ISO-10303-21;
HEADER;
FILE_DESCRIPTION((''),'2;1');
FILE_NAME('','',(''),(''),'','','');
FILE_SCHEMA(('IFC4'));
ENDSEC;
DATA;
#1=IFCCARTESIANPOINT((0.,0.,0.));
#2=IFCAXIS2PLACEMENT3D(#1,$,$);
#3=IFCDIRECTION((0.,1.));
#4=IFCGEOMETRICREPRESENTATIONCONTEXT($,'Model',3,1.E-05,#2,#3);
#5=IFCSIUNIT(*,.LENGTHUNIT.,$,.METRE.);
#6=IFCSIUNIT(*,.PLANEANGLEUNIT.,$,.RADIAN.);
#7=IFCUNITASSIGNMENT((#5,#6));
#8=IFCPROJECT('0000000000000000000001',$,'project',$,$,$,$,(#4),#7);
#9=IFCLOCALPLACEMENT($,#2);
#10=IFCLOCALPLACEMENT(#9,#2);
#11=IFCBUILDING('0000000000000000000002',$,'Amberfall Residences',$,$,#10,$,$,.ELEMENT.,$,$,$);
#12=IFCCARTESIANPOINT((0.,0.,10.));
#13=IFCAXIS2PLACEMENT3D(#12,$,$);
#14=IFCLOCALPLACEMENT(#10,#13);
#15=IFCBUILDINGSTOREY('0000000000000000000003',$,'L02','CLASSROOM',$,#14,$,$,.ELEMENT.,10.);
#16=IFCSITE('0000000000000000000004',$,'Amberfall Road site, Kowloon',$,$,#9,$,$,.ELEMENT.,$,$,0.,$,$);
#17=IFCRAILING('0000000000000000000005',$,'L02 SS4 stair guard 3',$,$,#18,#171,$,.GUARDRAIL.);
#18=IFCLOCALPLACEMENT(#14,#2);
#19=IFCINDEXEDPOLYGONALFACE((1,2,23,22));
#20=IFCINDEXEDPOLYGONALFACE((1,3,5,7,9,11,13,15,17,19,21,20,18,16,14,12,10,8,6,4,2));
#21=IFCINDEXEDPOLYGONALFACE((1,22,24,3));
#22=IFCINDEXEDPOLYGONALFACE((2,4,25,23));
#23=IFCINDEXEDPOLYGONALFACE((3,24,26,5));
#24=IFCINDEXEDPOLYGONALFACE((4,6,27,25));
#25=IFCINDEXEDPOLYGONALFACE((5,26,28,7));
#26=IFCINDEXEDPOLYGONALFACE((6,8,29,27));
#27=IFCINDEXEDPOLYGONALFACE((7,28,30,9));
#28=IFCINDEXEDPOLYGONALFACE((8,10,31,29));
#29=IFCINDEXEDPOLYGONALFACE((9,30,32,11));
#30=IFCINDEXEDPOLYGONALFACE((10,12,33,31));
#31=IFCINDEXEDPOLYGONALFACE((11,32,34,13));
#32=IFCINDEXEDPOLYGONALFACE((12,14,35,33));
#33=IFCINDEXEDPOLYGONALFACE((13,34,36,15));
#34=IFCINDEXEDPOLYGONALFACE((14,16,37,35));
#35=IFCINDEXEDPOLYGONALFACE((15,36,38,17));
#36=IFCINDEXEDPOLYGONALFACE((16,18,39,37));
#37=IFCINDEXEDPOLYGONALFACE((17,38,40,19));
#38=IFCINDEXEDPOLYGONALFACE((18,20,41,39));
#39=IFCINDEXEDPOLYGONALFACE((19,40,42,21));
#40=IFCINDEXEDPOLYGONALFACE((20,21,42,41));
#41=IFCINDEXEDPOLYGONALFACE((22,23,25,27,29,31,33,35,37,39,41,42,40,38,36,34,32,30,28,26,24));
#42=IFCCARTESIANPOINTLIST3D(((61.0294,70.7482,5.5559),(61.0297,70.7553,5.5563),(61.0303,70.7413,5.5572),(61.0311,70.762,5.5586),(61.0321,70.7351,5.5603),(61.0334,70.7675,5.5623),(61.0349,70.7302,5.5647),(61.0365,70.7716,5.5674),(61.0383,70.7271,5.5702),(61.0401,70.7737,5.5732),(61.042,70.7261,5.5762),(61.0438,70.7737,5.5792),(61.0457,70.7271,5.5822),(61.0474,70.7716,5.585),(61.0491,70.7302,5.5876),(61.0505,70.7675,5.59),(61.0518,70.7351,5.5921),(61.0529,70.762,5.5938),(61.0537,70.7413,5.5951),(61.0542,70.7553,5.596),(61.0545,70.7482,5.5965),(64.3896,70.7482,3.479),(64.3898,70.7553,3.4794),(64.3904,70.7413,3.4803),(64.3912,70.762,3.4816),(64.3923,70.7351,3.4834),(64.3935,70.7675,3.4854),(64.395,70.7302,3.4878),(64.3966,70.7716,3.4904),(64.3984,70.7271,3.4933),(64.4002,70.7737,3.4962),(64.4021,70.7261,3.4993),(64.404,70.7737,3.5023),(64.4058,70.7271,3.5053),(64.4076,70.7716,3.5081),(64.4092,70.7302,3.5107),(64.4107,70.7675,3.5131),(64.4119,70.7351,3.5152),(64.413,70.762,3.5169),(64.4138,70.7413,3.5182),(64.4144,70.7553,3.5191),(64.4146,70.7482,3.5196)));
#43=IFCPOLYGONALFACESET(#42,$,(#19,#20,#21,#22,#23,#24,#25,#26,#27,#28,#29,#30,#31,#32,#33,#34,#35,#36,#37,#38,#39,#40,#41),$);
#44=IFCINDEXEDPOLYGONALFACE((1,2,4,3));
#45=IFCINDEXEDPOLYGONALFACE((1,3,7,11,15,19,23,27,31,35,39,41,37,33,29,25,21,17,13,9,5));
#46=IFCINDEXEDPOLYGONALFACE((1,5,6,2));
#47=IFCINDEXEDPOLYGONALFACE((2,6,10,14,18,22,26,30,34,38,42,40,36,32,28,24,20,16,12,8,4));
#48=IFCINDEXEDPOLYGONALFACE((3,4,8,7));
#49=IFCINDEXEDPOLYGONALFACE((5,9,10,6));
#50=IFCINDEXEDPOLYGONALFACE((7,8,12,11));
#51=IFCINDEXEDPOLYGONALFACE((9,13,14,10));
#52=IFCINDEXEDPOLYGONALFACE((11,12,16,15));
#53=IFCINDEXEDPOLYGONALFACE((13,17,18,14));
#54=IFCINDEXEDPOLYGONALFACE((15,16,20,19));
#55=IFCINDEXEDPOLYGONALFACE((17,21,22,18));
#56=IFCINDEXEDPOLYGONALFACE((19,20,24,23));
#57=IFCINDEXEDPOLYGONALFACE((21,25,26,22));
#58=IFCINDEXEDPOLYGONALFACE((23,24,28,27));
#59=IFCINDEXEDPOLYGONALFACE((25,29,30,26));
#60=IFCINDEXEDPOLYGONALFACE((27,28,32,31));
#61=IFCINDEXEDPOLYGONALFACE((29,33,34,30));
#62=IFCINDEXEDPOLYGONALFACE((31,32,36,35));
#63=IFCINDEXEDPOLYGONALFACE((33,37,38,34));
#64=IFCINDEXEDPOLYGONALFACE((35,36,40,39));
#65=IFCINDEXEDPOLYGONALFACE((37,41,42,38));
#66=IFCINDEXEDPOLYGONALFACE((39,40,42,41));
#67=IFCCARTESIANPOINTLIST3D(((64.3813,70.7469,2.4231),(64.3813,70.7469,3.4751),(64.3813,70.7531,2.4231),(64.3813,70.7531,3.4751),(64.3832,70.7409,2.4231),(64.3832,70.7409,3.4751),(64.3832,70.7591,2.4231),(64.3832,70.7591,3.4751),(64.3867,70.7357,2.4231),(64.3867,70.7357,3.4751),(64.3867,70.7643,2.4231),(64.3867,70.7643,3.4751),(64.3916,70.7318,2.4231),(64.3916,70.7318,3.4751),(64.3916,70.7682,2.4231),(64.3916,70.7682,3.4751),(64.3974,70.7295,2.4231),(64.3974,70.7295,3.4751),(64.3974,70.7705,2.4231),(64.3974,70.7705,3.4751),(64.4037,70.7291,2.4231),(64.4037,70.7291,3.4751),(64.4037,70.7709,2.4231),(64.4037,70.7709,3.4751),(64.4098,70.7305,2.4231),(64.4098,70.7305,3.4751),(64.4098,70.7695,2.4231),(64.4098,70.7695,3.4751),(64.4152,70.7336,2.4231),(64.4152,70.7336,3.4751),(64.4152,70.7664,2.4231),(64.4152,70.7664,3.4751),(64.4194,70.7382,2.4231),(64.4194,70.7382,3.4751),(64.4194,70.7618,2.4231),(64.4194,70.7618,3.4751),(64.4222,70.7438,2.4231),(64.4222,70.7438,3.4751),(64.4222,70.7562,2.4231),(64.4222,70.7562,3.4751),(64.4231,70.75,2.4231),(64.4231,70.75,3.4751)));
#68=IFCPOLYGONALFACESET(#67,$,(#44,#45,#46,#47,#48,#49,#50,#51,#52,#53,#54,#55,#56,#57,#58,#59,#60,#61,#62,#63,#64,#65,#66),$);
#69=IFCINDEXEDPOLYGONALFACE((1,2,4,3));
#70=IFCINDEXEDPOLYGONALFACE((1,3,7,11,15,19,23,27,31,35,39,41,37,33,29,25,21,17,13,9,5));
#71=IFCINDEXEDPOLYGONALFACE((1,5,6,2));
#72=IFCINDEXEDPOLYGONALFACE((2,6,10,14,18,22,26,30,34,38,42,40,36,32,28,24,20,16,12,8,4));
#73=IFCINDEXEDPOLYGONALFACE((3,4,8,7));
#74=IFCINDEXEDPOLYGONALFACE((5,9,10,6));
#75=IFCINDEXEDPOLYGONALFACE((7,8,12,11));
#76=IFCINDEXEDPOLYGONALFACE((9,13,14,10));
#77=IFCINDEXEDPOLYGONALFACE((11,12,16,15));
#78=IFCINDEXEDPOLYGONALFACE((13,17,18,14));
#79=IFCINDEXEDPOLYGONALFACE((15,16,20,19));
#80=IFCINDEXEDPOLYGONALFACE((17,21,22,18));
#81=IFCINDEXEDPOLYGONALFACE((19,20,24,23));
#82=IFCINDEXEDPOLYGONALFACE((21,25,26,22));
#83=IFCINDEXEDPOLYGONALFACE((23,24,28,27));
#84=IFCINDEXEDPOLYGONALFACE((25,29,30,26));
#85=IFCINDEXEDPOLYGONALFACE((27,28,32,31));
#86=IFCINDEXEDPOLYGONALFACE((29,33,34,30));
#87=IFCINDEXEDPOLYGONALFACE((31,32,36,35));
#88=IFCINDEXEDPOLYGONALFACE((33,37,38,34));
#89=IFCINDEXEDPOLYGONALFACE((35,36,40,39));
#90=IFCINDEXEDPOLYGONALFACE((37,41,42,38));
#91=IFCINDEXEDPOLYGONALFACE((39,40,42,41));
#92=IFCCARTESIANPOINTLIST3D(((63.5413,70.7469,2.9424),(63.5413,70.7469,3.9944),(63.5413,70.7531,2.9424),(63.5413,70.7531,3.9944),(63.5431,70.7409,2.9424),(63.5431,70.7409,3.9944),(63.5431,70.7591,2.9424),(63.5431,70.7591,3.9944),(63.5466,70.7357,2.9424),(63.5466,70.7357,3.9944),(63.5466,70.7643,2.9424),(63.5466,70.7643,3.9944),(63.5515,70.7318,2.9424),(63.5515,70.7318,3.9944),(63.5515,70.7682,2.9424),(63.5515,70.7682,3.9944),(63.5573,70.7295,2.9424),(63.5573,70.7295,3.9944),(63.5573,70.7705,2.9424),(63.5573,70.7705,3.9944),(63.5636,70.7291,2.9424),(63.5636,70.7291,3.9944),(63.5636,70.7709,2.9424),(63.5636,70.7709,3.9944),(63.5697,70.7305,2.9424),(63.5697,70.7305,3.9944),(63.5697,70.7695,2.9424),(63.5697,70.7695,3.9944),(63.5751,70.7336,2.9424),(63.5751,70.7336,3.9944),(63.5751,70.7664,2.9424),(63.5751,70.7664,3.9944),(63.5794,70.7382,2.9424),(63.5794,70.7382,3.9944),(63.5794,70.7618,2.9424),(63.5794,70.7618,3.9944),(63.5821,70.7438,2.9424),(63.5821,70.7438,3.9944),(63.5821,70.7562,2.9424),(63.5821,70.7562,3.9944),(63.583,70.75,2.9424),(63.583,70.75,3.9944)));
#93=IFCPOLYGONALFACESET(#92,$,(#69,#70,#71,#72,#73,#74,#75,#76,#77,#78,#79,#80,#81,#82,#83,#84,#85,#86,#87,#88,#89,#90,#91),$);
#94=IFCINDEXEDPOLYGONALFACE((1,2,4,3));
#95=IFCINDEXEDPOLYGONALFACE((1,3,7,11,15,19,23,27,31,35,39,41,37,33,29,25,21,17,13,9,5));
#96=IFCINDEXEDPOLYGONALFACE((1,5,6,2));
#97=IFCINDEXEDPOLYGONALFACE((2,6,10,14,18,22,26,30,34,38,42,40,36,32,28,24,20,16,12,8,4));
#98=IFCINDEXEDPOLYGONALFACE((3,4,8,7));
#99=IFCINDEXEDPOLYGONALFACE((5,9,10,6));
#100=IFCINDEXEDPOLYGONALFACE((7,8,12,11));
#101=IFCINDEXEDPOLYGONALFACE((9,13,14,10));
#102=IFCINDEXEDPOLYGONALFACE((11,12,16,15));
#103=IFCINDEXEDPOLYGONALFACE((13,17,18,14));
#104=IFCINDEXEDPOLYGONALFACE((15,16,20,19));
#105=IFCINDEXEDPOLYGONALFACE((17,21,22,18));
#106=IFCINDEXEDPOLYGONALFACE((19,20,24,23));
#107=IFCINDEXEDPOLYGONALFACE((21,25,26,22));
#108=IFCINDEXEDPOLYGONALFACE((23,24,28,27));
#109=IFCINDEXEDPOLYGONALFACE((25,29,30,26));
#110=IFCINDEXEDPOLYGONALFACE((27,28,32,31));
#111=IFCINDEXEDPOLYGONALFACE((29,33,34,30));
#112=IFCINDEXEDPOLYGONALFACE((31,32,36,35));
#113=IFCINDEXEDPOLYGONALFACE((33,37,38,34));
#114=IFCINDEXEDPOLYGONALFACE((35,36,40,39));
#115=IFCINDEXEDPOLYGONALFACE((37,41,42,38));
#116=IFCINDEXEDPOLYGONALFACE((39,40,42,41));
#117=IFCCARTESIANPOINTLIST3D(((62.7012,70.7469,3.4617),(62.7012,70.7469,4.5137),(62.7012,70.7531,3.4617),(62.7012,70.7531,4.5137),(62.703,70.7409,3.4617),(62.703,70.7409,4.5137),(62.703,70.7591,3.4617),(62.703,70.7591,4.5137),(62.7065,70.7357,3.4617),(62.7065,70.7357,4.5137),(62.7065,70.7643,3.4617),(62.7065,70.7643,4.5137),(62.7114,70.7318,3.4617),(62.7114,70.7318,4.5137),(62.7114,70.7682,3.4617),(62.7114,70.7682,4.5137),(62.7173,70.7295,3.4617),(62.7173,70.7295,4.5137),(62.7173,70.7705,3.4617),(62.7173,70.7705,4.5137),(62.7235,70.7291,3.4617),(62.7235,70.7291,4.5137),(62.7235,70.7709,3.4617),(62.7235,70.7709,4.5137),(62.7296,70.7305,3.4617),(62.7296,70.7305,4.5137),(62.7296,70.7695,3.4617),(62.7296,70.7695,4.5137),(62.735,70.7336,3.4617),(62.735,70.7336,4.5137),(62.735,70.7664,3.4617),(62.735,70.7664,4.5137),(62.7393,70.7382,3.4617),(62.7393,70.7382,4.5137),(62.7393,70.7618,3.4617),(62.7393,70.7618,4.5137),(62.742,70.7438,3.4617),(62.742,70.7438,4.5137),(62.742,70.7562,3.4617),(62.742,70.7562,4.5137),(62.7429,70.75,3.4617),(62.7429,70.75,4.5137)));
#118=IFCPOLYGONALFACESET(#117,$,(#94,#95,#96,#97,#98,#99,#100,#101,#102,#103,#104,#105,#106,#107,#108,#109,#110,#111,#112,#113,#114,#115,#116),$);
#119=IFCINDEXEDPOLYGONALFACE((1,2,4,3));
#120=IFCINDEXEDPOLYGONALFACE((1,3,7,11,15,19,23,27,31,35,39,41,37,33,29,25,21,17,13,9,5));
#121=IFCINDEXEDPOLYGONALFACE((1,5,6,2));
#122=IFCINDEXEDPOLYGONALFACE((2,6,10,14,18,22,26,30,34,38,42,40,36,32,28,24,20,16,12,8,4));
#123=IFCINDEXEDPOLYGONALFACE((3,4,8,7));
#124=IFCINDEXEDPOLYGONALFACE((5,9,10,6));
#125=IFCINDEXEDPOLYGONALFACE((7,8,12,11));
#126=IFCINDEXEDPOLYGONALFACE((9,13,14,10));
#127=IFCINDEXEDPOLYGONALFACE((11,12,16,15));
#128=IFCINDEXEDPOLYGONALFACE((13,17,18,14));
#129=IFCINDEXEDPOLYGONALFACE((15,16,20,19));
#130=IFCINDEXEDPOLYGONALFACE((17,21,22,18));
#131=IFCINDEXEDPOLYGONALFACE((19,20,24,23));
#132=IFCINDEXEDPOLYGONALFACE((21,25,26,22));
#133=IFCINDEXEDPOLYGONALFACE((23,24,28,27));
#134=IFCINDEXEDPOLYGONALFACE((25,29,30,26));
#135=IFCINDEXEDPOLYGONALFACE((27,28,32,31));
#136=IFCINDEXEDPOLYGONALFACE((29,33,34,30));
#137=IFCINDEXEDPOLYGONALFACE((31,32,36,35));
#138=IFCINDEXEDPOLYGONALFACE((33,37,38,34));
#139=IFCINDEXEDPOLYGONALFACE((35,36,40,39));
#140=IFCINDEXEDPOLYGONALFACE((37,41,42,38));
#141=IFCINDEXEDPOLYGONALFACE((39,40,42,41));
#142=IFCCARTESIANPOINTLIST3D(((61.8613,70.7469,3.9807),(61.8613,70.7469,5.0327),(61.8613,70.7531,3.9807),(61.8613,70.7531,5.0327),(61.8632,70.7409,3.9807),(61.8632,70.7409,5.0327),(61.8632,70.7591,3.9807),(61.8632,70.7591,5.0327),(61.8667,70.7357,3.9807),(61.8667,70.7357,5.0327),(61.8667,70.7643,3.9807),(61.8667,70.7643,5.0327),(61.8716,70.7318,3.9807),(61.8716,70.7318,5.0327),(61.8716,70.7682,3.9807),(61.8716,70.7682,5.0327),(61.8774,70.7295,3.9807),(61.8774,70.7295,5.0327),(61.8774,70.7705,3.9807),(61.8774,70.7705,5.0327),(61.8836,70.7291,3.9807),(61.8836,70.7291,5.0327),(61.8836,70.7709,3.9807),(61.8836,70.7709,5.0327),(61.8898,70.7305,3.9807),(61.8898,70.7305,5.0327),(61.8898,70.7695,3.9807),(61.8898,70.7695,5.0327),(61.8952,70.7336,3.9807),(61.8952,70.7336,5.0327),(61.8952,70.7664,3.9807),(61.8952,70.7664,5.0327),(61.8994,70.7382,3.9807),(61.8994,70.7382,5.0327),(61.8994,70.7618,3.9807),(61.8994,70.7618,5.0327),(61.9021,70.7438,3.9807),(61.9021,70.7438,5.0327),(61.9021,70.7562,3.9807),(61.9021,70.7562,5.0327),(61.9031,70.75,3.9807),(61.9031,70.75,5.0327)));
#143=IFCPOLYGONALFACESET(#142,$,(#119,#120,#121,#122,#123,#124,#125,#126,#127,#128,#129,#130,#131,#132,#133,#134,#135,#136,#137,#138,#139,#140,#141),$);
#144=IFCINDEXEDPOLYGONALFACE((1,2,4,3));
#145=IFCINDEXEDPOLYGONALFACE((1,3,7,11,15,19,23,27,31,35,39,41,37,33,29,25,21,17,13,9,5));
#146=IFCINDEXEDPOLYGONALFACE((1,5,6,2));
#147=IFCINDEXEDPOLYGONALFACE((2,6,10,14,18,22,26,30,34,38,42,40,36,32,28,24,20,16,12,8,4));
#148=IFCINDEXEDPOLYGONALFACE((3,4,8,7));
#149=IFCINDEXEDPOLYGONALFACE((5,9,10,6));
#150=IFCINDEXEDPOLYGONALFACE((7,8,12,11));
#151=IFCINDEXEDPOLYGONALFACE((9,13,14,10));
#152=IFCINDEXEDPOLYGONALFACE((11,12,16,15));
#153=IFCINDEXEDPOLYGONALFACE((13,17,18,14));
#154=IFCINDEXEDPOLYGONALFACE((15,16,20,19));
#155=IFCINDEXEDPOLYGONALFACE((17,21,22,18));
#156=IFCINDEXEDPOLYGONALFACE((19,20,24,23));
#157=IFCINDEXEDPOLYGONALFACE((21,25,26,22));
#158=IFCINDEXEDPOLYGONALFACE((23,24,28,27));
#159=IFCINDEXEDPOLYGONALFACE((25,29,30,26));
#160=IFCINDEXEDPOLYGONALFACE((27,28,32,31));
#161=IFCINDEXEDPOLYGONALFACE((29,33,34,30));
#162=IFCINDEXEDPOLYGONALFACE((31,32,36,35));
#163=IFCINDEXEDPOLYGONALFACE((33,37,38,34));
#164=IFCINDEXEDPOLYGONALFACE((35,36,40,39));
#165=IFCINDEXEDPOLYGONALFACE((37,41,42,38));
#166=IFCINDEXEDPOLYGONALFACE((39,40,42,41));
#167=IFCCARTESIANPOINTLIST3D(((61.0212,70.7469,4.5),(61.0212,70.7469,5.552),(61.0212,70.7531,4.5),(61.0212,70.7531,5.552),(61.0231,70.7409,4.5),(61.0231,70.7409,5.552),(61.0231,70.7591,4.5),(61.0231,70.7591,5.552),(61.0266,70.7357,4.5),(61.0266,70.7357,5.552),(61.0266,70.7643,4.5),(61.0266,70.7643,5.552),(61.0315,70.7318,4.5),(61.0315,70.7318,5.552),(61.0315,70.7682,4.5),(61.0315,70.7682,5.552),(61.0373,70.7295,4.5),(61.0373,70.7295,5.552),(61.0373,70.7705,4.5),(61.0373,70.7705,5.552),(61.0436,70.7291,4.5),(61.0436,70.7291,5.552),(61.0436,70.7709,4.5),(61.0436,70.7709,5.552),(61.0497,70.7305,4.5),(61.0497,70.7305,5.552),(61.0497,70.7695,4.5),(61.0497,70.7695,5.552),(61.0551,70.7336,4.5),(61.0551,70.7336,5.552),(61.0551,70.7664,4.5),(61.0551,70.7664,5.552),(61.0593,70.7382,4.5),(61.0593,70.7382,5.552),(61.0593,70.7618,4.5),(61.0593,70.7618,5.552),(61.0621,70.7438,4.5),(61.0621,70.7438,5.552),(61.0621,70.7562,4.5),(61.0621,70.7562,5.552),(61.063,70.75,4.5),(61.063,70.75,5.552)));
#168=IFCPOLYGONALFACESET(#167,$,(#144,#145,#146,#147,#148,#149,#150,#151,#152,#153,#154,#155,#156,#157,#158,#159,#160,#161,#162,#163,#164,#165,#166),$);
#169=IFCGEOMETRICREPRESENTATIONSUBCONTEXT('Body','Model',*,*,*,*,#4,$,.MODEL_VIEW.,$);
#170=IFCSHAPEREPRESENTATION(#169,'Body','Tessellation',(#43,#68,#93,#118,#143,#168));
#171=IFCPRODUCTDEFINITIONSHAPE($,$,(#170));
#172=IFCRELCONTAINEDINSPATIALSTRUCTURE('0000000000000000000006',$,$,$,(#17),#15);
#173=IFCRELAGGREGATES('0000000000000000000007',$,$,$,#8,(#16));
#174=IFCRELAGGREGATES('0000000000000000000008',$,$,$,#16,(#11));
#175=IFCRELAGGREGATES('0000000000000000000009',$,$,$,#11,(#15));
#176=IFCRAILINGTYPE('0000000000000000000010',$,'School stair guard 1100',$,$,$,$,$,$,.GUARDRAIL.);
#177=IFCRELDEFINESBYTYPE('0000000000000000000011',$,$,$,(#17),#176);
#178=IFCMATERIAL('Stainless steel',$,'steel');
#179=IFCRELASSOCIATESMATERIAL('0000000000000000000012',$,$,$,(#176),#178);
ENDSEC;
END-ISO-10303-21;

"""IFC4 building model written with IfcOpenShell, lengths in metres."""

from ifc_helpers import new_model, si_unit, direction, frame, origin, origin_2d, place, context, subcontext, project, spatial, circle, extrude, material, type_object, element, save


model = new_model("IFC4")

# Units and contexts
model_context = context("Model", 3, precision=1e-05, world=origin(), true_north=direction((0.0, 1.0)))
body_context = subcontext(model_context, "Body", "Model", "MODEL_VIEW")
ifc_project = project(units=[si_unit("LENGTHUNIT", "METRE"), si_unit("PLANEANGLEUNIT", "RADIAN")], contexts=[model_context])

# Site, building, storey
site_placement = place(None, origin())
site = spatial("IfcSite", under=ifc_project, at=site_placement, Name="Amberfall Road site, Kowloon", CompositionType="ELEMENT", RefElevation=0.0)
building_placement = place(site_placement, origin())
building = spatial("IfcBuilding", under=site, at=building_placement, Name="Amberfall Residences", CompositionType="ELEMENT")
storey_placement = place(building_placement, frame((0.0, 0.0, 10.0)))
storey = spatial("IfcBuildingStorey", under=building, at=storey_placement, Name="L02", Description="CLASSROOM", CompositionType="ELEMENT", Elevation=10.0)

# Railing
ifc_material_1 = material(Name="Stainless steel", Category="steel")
railing_type_1 = type_object("IfcRailingType", Name="School stair guard 1100", PredefinedType="GUARDRAIL", material=ifc_material_1)
railing_1_placement = place(storey_placement, frame((64.4021, 70.75, 2.4231)))
element("IfcRailing", 1, at=railing_1_placement, inside=storey, type_object=railing_type_1, Name="L02 SS4 stair guard 3", PredefinedType="GUARDRAIL", context=body_context, shape_type="SweptSolid", body=[
    extrude(circle(Radius=0.0239, at=origin_2d()), frame((0.0, 0.0, 1.0762), z_axis=(-0.850623, 0.0, 0.525776), x_axis=(0.0, -1.0, 0.0)), (0.0, 0.0, 1.0), 3.9502),
    extrude(circle(Radius=0.021, at=origin_2d()), origin(), (0.0, 0.0, 1.0), 1.052),
    extrude(circle(Radius=0.021, at=origin_2d()), frame((-0.8401, 0.0, 0.5193)), (0.0, 0.0, 1.0), 1.052),
    extrude(circle(Radius=0.021, at=origin_2d()), frame((-1.6802, 0.0, 1.0386)), (0.0, 0.0, 1.0), 1.052),
    extrude(circle(Radius=0.021, at=origin_2d()), frame((-2.52, 0.0, 1.5576)), (0.0, 0.0, 1.0), 1.052),
    extrude(circle(Radius=0.021, at=origin_2d()), frame((-3.3601, 0.0, 2.0769)), (0.0, 0.0, 1.0), 1.052),
])

save(model, "model.ifc")
